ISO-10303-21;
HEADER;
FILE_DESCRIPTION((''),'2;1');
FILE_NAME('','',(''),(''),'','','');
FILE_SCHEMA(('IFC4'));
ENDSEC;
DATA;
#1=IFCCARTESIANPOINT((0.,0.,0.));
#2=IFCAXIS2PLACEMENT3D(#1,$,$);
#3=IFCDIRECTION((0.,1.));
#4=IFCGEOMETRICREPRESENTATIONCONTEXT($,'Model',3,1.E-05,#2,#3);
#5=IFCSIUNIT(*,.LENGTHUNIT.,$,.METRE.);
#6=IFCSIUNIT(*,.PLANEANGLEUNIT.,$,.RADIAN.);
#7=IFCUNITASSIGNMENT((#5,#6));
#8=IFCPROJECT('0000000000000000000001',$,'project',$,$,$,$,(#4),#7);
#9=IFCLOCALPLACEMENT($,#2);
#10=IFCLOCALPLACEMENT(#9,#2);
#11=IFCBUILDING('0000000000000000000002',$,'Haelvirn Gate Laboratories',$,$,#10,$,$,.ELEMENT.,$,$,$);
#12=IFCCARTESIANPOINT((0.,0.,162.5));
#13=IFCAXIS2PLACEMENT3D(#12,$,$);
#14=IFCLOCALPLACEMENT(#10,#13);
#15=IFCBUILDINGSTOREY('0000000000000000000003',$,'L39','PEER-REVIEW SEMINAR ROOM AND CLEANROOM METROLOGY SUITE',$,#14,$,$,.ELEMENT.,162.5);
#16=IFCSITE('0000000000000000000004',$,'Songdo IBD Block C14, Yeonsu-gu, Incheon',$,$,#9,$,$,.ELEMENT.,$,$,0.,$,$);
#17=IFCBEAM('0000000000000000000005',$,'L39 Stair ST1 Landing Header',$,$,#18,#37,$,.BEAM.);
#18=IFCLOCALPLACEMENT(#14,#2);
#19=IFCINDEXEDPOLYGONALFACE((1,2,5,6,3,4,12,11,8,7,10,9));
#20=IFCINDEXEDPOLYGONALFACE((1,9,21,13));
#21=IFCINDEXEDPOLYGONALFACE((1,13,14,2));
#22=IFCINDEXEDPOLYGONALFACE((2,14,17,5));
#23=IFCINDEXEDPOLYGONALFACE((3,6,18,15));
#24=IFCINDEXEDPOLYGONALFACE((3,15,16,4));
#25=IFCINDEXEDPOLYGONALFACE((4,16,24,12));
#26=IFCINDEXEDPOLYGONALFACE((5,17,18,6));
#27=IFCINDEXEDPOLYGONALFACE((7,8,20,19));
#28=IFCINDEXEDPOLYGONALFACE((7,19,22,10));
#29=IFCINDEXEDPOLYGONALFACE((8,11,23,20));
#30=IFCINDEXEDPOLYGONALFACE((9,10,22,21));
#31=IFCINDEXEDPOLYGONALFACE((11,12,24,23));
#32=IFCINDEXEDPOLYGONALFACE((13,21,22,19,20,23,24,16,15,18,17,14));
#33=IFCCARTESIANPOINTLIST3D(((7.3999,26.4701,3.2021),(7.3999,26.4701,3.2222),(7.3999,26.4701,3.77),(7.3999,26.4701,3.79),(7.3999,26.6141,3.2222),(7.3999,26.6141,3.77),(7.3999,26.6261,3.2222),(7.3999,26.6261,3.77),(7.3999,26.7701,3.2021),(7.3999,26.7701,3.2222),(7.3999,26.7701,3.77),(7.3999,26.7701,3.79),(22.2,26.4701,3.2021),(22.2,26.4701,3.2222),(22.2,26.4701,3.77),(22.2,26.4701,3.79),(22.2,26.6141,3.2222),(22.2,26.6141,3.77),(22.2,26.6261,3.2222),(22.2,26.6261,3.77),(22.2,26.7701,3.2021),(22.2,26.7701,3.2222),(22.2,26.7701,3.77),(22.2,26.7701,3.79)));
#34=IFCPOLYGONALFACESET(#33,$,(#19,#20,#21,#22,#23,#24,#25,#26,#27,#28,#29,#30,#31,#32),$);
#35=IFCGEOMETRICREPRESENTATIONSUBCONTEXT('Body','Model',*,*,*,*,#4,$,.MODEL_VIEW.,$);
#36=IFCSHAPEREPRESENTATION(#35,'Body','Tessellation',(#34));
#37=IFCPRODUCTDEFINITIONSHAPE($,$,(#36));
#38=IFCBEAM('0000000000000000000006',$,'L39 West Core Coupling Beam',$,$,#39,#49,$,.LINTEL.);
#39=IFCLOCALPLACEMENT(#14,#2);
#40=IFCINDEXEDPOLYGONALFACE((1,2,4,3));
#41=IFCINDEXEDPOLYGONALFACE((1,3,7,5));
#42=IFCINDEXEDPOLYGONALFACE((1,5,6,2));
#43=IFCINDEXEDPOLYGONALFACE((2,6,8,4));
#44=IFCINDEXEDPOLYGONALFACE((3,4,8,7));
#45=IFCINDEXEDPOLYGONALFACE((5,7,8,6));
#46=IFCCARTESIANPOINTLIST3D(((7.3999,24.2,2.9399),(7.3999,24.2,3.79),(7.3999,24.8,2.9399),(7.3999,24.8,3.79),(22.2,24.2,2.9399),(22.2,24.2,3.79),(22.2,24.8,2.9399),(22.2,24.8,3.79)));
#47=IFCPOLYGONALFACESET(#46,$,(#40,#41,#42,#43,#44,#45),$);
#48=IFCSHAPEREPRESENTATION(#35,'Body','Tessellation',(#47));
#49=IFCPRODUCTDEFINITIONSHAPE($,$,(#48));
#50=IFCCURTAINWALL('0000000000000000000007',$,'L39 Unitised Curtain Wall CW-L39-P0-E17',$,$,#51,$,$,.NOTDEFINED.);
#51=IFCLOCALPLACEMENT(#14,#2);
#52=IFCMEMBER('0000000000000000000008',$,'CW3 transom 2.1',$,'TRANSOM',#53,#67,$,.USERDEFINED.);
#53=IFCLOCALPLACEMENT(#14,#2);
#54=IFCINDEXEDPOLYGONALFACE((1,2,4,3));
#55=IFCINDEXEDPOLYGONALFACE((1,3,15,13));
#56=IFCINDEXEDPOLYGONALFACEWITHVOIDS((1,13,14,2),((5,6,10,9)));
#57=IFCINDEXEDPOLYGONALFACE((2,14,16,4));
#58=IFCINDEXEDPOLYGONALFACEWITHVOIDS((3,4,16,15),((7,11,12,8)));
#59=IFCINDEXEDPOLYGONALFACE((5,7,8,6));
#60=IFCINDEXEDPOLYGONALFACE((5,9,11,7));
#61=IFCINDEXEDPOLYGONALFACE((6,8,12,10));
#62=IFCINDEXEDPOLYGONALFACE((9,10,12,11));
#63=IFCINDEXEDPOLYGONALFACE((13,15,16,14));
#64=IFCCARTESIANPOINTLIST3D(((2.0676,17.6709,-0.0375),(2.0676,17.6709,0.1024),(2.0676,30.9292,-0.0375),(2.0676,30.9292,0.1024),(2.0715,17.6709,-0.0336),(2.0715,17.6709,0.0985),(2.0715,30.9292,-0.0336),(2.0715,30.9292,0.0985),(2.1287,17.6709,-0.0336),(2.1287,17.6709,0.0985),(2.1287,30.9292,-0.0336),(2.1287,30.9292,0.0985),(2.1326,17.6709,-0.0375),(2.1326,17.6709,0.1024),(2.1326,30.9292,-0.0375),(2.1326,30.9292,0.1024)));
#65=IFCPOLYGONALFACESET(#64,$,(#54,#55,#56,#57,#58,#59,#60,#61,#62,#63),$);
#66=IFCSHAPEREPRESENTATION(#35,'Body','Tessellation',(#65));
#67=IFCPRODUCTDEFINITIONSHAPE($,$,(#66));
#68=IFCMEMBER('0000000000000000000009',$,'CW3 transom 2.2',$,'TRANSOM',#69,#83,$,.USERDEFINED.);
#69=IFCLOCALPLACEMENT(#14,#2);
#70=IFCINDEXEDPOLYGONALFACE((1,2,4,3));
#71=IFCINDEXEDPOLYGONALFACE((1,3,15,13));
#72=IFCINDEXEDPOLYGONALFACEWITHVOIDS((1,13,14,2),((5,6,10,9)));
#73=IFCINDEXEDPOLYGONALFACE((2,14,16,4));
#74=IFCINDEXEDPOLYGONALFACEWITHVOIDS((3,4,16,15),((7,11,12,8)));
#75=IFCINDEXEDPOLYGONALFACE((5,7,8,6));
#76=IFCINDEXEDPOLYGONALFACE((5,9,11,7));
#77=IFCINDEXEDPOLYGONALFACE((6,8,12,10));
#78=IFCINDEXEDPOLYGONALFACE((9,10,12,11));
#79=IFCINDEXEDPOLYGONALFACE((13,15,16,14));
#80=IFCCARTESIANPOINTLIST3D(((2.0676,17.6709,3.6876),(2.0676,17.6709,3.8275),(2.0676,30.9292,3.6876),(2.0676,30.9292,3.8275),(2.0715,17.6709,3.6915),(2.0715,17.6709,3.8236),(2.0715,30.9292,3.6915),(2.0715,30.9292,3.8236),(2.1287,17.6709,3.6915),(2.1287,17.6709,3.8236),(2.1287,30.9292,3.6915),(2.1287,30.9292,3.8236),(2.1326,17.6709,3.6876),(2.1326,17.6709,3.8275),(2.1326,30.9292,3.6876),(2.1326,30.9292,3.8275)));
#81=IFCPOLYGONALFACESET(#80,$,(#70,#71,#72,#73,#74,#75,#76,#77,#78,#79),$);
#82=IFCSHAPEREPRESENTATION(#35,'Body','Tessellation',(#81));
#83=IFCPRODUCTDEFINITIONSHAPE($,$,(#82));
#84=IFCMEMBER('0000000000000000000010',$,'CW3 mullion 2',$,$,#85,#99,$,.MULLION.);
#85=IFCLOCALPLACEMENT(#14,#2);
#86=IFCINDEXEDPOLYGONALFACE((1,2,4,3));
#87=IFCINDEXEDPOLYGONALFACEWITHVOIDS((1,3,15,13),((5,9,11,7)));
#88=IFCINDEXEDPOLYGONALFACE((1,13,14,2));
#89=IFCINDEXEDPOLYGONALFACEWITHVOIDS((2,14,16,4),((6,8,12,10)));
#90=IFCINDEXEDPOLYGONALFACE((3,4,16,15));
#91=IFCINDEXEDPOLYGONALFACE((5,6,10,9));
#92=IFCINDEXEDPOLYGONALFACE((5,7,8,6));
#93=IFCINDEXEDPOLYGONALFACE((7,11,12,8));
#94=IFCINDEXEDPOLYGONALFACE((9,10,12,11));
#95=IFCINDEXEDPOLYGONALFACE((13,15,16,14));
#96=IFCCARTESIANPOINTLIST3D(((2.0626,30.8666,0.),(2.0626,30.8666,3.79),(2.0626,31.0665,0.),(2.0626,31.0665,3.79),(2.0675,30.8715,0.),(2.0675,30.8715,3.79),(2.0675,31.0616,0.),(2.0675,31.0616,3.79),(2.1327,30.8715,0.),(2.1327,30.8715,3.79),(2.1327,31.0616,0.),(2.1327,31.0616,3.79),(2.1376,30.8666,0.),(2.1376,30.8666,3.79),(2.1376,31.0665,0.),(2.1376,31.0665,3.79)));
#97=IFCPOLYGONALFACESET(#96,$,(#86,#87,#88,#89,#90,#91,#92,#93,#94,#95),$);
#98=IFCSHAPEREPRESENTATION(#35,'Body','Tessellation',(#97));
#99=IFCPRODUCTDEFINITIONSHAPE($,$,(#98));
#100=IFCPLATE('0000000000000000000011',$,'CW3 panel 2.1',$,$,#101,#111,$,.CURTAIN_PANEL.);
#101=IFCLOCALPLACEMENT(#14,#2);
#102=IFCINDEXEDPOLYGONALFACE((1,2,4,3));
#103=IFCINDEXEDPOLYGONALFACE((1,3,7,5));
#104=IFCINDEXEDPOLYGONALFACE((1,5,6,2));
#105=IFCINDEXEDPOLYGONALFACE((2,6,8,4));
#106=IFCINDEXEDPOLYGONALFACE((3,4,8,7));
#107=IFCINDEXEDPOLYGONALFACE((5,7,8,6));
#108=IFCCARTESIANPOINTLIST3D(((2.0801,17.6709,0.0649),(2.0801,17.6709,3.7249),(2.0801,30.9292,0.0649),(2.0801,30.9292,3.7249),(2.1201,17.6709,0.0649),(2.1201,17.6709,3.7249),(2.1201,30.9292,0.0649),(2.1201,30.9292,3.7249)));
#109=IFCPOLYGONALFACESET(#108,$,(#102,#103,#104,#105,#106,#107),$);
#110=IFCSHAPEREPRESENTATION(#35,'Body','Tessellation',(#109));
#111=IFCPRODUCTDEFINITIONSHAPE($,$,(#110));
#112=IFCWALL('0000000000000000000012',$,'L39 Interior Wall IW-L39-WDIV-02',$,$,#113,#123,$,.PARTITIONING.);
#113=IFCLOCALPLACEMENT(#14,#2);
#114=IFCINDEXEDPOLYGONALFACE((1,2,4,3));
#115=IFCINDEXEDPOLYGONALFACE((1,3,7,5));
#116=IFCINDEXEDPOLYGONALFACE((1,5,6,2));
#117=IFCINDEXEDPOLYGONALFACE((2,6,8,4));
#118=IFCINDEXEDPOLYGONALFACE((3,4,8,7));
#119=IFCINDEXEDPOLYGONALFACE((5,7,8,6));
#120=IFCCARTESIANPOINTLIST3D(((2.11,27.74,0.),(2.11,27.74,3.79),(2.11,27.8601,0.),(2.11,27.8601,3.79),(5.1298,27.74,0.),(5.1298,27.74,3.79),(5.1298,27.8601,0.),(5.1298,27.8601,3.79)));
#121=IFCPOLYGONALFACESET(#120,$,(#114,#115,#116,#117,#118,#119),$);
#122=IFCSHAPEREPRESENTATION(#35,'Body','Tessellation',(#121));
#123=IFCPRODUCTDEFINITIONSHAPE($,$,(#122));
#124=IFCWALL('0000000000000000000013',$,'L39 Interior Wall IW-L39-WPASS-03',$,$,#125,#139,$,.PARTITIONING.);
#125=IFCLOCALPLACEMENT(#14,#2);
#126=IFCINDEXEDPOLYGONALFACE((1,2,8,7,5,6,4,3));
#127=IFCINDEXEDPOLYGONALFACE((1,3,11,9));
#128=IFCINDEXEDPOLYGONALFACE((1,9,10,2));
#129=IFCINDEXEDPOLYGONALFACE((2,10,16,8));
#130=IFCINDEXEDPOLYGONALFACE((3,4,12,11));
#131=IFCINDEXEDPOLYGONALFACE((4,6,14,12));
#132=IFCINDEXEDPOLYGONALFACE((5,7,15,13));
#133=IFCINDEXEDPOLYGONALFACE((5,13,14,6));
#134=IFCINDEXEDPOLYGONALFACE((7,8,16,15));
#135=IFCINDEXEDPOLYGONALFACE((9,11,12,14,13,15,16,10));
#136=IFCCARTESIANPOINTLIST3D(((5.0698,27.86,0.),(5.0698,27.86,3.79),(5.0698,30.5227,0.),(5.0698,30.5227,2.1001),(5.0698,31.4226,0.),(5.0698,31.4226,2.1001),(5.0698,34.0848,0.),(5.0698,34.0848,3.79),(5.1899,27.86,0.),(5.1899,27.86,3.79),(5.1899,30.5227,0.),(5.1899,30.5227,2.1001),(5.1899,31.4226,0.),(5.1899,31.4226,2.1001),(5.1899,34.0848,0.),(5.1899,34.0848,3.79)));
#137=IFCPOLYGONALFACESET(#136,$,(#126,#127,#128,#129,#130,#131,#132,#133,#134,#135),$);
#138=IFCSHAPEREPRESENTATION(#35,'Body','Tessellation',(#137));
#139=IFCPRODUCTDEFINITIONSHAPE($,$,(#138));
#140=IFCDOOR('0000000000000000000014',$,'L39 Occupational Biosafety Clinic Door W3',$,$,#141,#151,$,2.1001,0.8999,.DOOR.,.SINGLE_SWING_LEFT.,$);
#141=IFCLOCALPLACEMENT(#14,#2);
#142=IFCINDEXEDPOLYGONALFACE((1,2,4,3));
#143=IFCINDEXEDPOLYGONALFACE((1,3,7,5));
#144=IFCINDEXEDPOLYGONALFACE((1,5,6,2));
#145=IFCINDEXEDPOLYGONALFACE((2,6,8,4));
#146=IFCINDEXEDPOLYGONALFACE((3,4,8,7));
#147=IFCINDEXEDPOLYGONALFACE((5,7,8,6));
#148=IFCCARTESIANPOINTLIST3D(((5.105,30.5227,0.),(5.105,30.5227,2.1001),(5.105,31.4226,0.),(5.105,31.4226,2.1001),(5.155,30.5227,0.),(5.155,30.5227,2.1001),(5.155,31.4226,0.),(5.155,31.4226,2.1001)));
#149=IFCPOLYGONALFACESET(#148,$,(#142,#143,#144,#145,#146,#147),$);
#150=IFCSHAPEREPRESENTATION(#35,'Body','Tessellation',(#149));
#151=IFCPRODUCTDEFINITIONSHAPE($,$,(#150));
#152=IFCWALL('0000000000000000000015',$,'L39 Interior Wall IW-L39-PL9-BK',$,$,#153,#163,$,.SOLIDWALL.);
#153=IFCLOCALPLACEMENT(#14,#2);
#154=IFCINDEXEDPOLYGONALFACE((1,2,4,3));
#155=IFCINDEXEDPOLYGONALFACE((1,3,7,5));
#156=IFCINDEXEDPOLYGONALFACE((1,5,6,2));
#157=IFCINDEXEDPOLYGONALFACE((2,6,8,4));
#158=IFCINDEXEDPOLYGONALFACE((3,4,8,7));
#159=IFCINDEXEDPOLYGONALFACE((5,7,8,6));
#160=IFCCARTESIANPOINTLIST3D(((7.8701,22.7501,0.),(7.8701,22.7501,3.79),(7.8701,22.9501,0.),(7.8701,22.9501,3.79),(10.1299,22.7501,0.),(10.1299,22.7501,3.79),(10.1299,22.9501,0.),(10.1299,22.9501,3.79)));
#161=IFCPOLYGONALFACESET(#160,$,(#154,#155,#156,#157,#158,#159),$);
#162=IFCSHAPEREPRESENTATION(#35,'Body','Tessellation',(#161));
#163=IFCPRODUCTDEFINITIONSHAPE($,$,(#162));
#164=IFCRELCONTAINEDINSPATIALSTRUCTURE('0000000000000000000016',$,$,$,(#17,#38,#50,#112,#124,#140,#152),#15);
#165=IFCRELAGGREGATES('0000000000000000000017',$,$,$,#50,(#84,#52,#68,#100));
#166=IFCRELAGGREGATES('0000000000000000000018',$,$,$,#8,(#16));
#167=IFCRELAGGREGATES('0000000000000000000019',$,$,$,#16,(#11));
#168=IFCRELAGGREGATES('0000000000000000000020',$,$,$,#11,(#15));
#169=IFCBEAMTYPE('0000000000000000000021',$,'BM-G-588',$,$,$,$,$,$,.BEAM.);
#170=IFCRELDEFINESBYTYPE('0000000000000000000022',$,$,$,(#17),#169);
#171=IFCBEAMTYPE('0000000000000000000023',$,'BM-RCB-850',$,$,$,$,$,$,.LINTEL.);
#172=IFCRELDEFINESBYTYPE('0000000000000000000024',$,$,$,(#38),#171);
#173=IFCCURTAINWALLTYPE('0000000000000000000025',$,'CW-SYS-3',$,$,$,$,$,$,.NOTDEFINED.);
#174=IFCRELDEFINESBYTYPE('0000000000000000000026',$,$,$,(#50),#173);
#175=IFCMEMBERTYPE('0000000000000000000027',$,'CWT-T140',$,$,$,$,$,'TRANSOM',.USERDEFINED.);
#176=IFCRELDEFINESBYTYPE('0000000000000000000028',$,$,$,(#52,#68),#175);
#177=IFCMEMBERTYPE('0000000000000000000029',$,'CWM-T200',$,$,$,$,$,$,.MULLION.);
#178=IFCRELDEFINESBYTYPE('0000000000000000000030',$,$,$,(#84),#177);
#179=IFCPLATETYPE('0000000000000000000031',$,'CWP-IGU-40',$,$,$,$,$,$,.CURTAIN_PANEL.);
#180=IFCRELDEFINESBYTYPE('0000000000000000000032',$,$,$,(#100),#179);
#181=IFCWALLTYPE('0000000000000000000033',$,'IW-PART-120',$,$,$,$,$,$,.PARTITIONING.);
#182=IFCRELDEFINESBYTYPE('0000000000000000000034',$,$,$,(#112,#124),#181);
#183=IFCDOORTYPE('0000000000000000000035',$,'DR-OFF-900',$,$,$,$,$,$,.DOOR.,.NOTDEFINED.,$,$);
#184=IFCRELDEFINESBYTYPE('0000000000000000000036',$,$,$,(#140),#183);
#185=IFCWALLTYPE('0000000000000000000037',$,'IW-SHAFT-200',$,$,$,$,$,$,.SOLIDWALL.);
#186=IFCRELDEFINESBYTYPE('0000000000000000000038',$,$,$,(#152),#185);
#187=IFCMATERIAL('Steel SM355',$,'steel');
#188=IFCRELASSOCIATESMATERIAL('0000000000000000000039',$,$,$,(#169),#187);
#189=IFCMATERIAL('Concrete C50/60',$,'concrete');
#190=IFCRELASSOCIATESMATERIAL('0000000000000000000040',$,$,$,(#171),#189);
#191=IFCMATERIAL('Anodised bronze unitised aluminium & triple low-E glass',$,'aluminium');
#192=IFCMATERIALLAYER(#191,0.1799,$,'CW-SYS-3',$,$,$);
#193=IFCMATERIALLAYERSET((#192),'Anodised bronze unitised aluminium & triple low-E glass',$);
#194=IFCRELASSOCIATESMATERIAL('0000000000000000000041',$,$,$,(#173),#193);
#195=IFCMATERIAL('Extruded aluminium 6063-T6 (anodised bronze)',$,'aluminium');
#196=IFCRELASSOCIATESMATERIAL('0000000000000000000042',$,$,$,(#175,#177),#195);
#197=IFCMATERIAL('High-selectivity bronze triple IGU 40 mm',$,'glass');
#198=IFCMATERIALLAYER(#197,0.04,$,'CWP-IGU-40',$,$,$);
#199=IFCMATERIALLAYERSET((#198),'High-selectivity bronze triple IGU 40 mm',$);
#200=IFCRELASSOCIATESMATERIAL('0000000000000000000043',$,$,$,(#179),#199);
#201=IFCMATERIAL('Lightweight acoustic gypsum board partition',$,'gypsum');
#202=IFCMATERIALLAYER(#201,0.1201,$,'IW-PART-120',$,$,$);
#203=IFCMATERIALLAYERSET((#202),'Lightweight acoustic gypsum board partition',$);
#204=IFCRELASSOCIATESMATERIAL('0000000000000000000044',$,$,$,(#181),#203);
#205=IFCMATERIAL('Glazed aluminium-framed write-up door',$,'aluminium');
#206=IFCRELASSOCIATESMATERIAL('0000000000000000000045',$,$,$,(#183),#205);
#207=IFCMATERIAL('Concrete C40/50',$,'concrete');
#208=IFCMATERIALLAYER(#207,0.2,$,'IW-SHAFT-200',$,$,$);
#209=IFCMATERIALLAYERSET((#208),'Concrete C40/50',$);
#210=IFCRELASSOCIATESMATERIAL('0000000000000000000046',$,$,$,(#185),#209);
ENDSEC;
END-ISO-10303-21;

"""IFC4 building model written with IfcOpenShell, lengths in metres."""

from ifc_helpers import new_model, si_unit, direction, frame, frame_2d, origin, origin_2d, place, context, subcontext, project, spatial, rectangle, hollow_rectangle, i_section, extrude, source, transform, mapped, material, layer, layer_set, material_profile, profile_set, type_object, type_shapes, element, fill, aggregate, save


model = new_model("IFC4")

# Units and contexts
model_context = context("Model", 3, precision=1e-05, world=origin(), true_north=direction((0.0, 1.0)))
body_context = subcontext(model_context, "Body", "Model", "MODEL_VIEW")
ifc_project = project(units=[si_unit("LENGTHUNIT", "METRE"), si_unit("PLANEANGLEUNIT", "RADIAN")], contexts=[model_context])

# Site, building, storey
site_placement = place(None, origin())
site = spatial("IfcSite", under=ifc_project, at=site_placement, Name="Songdo IBD Block C14, Yeonsu-gu, Incheon", CompositionType="ELEMENT", RefElevation=0.0)
building_placement = place(site_placement, origin())
building = spatial("IfcBuilding", under=site, at=building_placement, Name="Haelvirn Gate Laboratories", CompositionType="ELEMENT")
storey_placement = place(building_placement, frame((0.0, 0.0, 162.5)))
storey = spatial("IfcBuildingStorey", under=building, at=storey_placement, Name="L39", Description="PEER-REVIEW SEMINAR ROOM AND CLEANROOM METROLOGY SUITE", CompositionType="ELEMENT", Elevation=162.5)

# Beams
ifc_material_1 = material(Name="Steel SM355", Category="steel")
ifc_material_profile_1 = material_profile(ifc_material_1, i_section(OverallWidth=0.3, OverallDepth=0.5879, WebThickness=0.012, FlangeThickness=0.02, at=origin_2d()), Name="H-588x300x12x20")
ifc_profile_set_1 = profile_set([ifc_material_profile_1], Name="Steel SM355")
beam_type_1 = type_object("IfcBeamType", Name="BM-G-588", PredefinedType="BEAM", material=ifc_profile_set_1)
shared_shape_1 = source(origin(), body_context, "Body", "SweptSolid", [
    extrude(i_section(OverallWidth=0.3, OverallDepth=0.5879, WebThickness=0.012, FlangeThickness=0.02, at=origin_2d()), origin(), (0.0, 0.0, 1.0), 14.8),
])
type_shapes(beam_type_1, [shared_shape_1])
beam_1_placement = place(storey_placement, frame((7.3999, 26.6201, 3.4961), z_axis=(1.0, 0.0, 0.0), x_axis=(0.0, 1.0, 0.0)))
element("IfcBeam", 1, at=beam_1_placement, inside=storey, type_object=beam_type_1, Name="L39 Stair ST1 Landing Header", PredefinedType="BEAM", context=body_context, shape_type="MappedRepresentation", body=[
    mapped(shared_shape_1, transform((0.0, 0.0, 0.0), scale=1.0)),
])
ifc_material_2 = material(Name="Concrete C50/60", Category="concrete")
ifc_material_profile_2 = material_profile(ifc_material_2, rectangle(XDim=0.6001, YDim=0.8501, at=origin_2d()), Name="RCB-600x850")
ifc_profile_set_2 = profile_set([ifc_material_profile_2], Name="Concrete C50/60")
beam_type_2 = type_object("IfcBeamType", Name="BM-RCB-850", PredefinedType="LINTEL", material=ifc_profile_set_2)
shared_shape_2 = source(origin(), body_context, "Body", "SweptSolid", [
    extrude(rectangle(XDim=0.6001, YDim=0.8501, at=origin_2d()), origin(), (0.0, 0.0, 1.0), 14.8),
])
type_shapes(beam_type_2, [shared_shape_2])
beam_2_placement = place(storey_placement, frame((7.3999, 24.5, 3.365), z_axis=(1.0, 0.0, 0.0), x_axis=(0.0, 1.0, 0.0)))
element("IfcBeam", 2, at=beam_2_placement, inside=storey, type_object=beam_type_2, Name="L39 West Core Coupling Beam", PredefinedType="LINTEL", context=body_context, shape_type="MappedRepresentation", body=[
    mapped(shared_shape_2, transform((0.0, 0.0, 0.0), scale=1.0)),
])

# Curtain wall, members, plate
ifc_material_3 = material(Name="Anodised bronze unitised aluminium & triple low-E glass", Category="aluminium")
ifc_layer_1 = layer(ifc_material_3, 0.1799, Name="CW-SYS-3")
ifc_layer_set_1 = layer_set([ifc_layer_1], Name="Anodised bronze unitised aluminium & triple low-E glass")
curtain_wall_type = type_object("IfcCurtainWallType", Name="CW-SYS-3", PredefinedType="NOTDEFINED", material=ifc_layer_set_1)
curtain_wall_placement = place(storey_placement, origin())
curtain_wall = element("IfcCurtainWall", 3, at=curtain_wall_placement, inside=storey, type_object=curtain_wall_type, Name="L39 Unitised Curtain Wall CW-L39-P0-E17", PredefinedType="NOTDEFINED")
ifc_material_4 = material(Name="Extruded aluminium 6063-T6 (anodised bronze)", Category="aluminium")
ifc_material_profile_3 = material_profile(ifc_material_4, hollow_rectangle(XDim=0.0649, YDim=0.1399, WallThickness=0.0039, at=origin_2d()), Name="CWT-140x65x4")
ifc_profile_set_3 = profile_set([ifc_material_profile_3], Name="Extruded aluminium 6063-T6 (anodised bronze)")
member_type_1 = type_object("IfcMemberType", Name="CWT-T140", ElementType="TRANSOM", PredefinedType="USERDEFINED", material=ifc_profile_set_3)
shared_shape_3 = source(origin(), body_context, "Body", "SweptSolid", [
    extrude(hollow_rectangle(XDim=0.0649, YDim=0.1399, WallThickness=0.0039, at=origin_2d()), origin(), (0.0, 0.0, 1.0), 13.2583),
])
type_shapes(member_type_1, [shared_shape_3])
member_1_placement = place(storey_placement, frame((2.1001, 30.9292, 0.0325), z_axis=(0.0, -1.0, 0.0), x_axis=(1.0, 0.0, 0.0)))
member_1 = element("IfcMember", 4, at=member_1_placement, type_object=member_type_1, Name="CW3 transom 2.1", ObjectType="TRANSOM", PredefinedType="USERDEFINED", context=body_context, shape_type="MappedRepresentation", body=[
    mapped(shared_shape_3, transform((0.0, 0.0, 0.0), scale=1.0)),
])
member_2_placement = place(storey_placement, frame((2.1001, 30.9292, 3.7576), z_axis=(0.0, -1.0, 0.0), x_axis=(1.0, 0.0, 0.0)))
member_2 = element("IfcMember", 5, at=member_2_placement, type_object=member_type_1, Name="CW3 transom 2.2", ObjectType="TRANSOM", PredefinedType="USERDEFINED", context=body_context, shape_type="MappedRepresentation", body=[
    mapped(shared_shape_3, transform((0.0, 0.0, 0.0), scale=1.0)),
])
ifc_material_profile_4 = material_profile(ifc_material_4, hollow_rectangle(XDim=0.075, YDim=0.2, WallThickness=0.0049, at=origin_2d()), Name="CWM-200x75x5")
ifc_profile_set_4 = profile_set([ifc_material_profile_4], Name="Extruded aluminium 6063-T6 (anodised bronze)")
member_type_2 = type_object("IfcMemberType", Name="CWM-T200", PredefinedType="MULLION", material=ifc_profile_set_4)
shared_shape_4 = source(origin(), body_context, "Body", "SweptSolid", [
    extrude(hollow_rectangle(XDim=0.075, YDim=0.2, WallThickness=0.0049, at=origin_2d()), origin(), (0.0, 0.0, 1.0), 3.79),
])
type_shapes(member_type_2, [shared_shape_4])
member_3_placement = place(storey_placement, frame((2.1001, 30.9666, 0.0), z_axis=(0.0, 0.0, 1.0), x_axis=(1.0, 0.0, 0.0)))
member_3 = element("IfcMember", 6, at=member_3_placement, type_object=member_type_2, Name="CW3 mullion 2", PredefinedType="MULLION", context=body_context, shape_type="MappedRepresentation", body=[
    mapped(shared_shape_4, transform((0.0, 0.0, 0.0), scale=1.0)),
])
ifc_material_5 = material(Name="High-selectivity bronze triple IGU 40 mm", Category="glass")
ifc_layer_2 = layer(ifc_material_5, 0.04, Name="CWP-IGU-40")
ifc_layer_set_2 = layer_set([ifc_layer_2], Name="High-selectivity bronze triple IGU 40 mm")
plate_type = type_object("IfcPlateType", Name="CWP-IGU-40", PredefinedType="CURTAIN_PANEL", material=ifc_layer_set_2)
shared_shape_5 = source(origin(), body_context, "Body", "SweptSolid", [
    extrude(rectangle(XDim=13.2583, YDim=0.04, at=origin_2d()), origin(), (0.0, 0.0, 1.0), 3.6599),
])
type_shapes(plate_type, [shared_shape_5])
plate_placement = place(storey_placement, frame((2.1001, 24.3, 0.0649), z_axis=(0.0, 0.0, 1.0), x_axis=(0.0, -1.0, 0.0)))
plate = element("IfcPlate", 7, at=plate_placement, type_object=plate_type, Name="CW3 panel 2.1", PredefinedType="CURTAIN_PANEL", context=body_context, shape_type="MappedRepresentation", body=[
    mapped(shared_shape_5, transform((0.0, 0.0, 0.0), scale=1.0)),
])
aggregate(curtain_wall, [member_3, member_1, member_2, plate])

# Wall
ifc_material_6 = material(Name="Lightweight acoustic gypsum board partition", Category="gypsum")
ifc_layer_3 = layer(ifc_material_6, 0.1201, Name="IW-PART-120")
ifc_layer_set_3 = layer_set([ifc_layer_3], Name="Lightweight acoustic gypsum board partition")
wall_type_1 = type_object("IfcWallType", Name="IW-PART-120", PredefinedType="PARTITIONING", material=ifc_layer_set_3)
wall_1_placement = place(storey_placement, frame((2.1101, 27.8, 0.0), z_axis=(0.0, 0.0, 1.0), x_axis=(1.0, 0.0, 0.0)))
element("IfcWall", 8, at=wall_1_placement, inside=storey, type_object=wall_type_1, Name="L39 Interior Wall IW-L39-WDIV-02", PredefinedType="PARTITIONING", context=body_context, shape_type="SweptSolid", body=[
    extrude(rectangle(XDim=3.0198, YDim=0.1201, at=frame_2d((1.5098, 0.0))), origin(), (0.0, 0.0, 1.0), 3.79),
])

# Wall, opening, door
wall_2_placement = place(storey_placement, frame((5.1299, 27.8601, 0.0), z_axis=(0.0, 0.0, 1.0), x_axis=(0.0, 1.0, 0.0)))
wall_2 = element("IfcWall", 9, at=wall_2_placement, inside=storey, type_object=wall_type_1, Name="L39 Interior Wall IW-L39-WPASS-03", PredefinedType="PARTITIONING", context=body_context, shape_type="SweptSolid", body=[
    extrude(rectangle(XDim=6.2249, YDim=0.1201, at=frame_2d((3.1123, 0.0))), origin(), (0.0, 0.0, 1.0), 3.79),
])
opening_1_placement = place(wall_2_placement, frame((2.6626, 0.0, 0.0)))
opening_1 = element("IfcOpeningElement", 10, at=opening_1_placement, cuts=wall_2, PredefinedType="OPENING", context=body_context, shape_type="SweptSolid", body=[
    extrude(rectangle(XDim=0.8999, YDim=2.1001, at=frame_2d((0.45, 1.05))), frame((0.0, 0.0701, 0.0), z_axis=(0.0, -1.0, 0.0), x_axis=(1.0, 0.0, 0.0)), (0.0, 0.0, 1.0), 0.1401),
])
ifc_material_7 = material(Name="Glazed aluminium-framed write-up door", Category="aluminium")
door_type_1 = type_object("IfcDoorType", Name="DR-OFF-900", OperationType="NOTDEFINED", PredefinedType="DOOR", material=ifc_material_7)
shared_shape_6 = source(origin(), body_context, "Body", "SweptSolid", [
    extrude(rectangle(XDim=0.8999, YDim=2.1001, at=frame_2d((0.45, 1.05))), frame((0.0, 0.0249, 0.0), z_axis=(0.0, -1.0, 0.0), x_axis=(1.0, 0.0, 0.0)), (0.0, 0.0, 1.0), 0.05),
])
type_shapes(door_type_1, [shared_shape_6])
door_1_placement = place(opening_1_placement, origin())
door_1 = element("IfcDoor", 11, at=door_1_placement, inside=storey, type_object=door_type_1, Name="L39 Occupational Biosafety Clinic Door W3", OperationType="SINGLE_SWING_LEFT", OverallHeight=2.1001, OverallWidth=0.8999, PredefinedType="DOOR", context=body_context, shape_type="MappedRepresentation", body=[
    mapped(shared_shape_6, transform((0.0, 0.0, 0.0), scale=1.0)),
])
fill(opening_1, door_1)

# Wall
ifc_material_8 = material(Name="Concrete C40/50", Category="concrete")
ifc_layer_4 = layer(ifc_material_8, 0.2, Name="IW-SHAFT-200")
ifc_layer_set_4 = layer_set([ifc_layer_4], Name="Concrete C40/50")
wall_type_2 = type_object("IfcWallType", Name="IW-SHAFT-200", PredefinedType="SOLIDWALL", material=ifc_layer_set_4)
wall_3_placement = place(storey_placement, frame((7.8701, 22.8501, 0.0), z_axis=(0.0, 0.0, 1.0), x_axis=(1.0, 0.0, 0.0)))
element("IfcWall", 12, at=wall_3_placement, inside=storey, type_object=wall_type_2, Name="L39 Interior Wall IW-L39-PL9-BK", PredefinedType="SOLIDWALL", context=body_context, shape_type="SweptSolid", body=[
    extrude(rectangle(XDim=2.2598, YDim=0.2, at=frame_2d((1.1299, 0.0))), origin(), (0.0, 0.0, 1.0), 3.79),
])

save(model, "model.ifc")
